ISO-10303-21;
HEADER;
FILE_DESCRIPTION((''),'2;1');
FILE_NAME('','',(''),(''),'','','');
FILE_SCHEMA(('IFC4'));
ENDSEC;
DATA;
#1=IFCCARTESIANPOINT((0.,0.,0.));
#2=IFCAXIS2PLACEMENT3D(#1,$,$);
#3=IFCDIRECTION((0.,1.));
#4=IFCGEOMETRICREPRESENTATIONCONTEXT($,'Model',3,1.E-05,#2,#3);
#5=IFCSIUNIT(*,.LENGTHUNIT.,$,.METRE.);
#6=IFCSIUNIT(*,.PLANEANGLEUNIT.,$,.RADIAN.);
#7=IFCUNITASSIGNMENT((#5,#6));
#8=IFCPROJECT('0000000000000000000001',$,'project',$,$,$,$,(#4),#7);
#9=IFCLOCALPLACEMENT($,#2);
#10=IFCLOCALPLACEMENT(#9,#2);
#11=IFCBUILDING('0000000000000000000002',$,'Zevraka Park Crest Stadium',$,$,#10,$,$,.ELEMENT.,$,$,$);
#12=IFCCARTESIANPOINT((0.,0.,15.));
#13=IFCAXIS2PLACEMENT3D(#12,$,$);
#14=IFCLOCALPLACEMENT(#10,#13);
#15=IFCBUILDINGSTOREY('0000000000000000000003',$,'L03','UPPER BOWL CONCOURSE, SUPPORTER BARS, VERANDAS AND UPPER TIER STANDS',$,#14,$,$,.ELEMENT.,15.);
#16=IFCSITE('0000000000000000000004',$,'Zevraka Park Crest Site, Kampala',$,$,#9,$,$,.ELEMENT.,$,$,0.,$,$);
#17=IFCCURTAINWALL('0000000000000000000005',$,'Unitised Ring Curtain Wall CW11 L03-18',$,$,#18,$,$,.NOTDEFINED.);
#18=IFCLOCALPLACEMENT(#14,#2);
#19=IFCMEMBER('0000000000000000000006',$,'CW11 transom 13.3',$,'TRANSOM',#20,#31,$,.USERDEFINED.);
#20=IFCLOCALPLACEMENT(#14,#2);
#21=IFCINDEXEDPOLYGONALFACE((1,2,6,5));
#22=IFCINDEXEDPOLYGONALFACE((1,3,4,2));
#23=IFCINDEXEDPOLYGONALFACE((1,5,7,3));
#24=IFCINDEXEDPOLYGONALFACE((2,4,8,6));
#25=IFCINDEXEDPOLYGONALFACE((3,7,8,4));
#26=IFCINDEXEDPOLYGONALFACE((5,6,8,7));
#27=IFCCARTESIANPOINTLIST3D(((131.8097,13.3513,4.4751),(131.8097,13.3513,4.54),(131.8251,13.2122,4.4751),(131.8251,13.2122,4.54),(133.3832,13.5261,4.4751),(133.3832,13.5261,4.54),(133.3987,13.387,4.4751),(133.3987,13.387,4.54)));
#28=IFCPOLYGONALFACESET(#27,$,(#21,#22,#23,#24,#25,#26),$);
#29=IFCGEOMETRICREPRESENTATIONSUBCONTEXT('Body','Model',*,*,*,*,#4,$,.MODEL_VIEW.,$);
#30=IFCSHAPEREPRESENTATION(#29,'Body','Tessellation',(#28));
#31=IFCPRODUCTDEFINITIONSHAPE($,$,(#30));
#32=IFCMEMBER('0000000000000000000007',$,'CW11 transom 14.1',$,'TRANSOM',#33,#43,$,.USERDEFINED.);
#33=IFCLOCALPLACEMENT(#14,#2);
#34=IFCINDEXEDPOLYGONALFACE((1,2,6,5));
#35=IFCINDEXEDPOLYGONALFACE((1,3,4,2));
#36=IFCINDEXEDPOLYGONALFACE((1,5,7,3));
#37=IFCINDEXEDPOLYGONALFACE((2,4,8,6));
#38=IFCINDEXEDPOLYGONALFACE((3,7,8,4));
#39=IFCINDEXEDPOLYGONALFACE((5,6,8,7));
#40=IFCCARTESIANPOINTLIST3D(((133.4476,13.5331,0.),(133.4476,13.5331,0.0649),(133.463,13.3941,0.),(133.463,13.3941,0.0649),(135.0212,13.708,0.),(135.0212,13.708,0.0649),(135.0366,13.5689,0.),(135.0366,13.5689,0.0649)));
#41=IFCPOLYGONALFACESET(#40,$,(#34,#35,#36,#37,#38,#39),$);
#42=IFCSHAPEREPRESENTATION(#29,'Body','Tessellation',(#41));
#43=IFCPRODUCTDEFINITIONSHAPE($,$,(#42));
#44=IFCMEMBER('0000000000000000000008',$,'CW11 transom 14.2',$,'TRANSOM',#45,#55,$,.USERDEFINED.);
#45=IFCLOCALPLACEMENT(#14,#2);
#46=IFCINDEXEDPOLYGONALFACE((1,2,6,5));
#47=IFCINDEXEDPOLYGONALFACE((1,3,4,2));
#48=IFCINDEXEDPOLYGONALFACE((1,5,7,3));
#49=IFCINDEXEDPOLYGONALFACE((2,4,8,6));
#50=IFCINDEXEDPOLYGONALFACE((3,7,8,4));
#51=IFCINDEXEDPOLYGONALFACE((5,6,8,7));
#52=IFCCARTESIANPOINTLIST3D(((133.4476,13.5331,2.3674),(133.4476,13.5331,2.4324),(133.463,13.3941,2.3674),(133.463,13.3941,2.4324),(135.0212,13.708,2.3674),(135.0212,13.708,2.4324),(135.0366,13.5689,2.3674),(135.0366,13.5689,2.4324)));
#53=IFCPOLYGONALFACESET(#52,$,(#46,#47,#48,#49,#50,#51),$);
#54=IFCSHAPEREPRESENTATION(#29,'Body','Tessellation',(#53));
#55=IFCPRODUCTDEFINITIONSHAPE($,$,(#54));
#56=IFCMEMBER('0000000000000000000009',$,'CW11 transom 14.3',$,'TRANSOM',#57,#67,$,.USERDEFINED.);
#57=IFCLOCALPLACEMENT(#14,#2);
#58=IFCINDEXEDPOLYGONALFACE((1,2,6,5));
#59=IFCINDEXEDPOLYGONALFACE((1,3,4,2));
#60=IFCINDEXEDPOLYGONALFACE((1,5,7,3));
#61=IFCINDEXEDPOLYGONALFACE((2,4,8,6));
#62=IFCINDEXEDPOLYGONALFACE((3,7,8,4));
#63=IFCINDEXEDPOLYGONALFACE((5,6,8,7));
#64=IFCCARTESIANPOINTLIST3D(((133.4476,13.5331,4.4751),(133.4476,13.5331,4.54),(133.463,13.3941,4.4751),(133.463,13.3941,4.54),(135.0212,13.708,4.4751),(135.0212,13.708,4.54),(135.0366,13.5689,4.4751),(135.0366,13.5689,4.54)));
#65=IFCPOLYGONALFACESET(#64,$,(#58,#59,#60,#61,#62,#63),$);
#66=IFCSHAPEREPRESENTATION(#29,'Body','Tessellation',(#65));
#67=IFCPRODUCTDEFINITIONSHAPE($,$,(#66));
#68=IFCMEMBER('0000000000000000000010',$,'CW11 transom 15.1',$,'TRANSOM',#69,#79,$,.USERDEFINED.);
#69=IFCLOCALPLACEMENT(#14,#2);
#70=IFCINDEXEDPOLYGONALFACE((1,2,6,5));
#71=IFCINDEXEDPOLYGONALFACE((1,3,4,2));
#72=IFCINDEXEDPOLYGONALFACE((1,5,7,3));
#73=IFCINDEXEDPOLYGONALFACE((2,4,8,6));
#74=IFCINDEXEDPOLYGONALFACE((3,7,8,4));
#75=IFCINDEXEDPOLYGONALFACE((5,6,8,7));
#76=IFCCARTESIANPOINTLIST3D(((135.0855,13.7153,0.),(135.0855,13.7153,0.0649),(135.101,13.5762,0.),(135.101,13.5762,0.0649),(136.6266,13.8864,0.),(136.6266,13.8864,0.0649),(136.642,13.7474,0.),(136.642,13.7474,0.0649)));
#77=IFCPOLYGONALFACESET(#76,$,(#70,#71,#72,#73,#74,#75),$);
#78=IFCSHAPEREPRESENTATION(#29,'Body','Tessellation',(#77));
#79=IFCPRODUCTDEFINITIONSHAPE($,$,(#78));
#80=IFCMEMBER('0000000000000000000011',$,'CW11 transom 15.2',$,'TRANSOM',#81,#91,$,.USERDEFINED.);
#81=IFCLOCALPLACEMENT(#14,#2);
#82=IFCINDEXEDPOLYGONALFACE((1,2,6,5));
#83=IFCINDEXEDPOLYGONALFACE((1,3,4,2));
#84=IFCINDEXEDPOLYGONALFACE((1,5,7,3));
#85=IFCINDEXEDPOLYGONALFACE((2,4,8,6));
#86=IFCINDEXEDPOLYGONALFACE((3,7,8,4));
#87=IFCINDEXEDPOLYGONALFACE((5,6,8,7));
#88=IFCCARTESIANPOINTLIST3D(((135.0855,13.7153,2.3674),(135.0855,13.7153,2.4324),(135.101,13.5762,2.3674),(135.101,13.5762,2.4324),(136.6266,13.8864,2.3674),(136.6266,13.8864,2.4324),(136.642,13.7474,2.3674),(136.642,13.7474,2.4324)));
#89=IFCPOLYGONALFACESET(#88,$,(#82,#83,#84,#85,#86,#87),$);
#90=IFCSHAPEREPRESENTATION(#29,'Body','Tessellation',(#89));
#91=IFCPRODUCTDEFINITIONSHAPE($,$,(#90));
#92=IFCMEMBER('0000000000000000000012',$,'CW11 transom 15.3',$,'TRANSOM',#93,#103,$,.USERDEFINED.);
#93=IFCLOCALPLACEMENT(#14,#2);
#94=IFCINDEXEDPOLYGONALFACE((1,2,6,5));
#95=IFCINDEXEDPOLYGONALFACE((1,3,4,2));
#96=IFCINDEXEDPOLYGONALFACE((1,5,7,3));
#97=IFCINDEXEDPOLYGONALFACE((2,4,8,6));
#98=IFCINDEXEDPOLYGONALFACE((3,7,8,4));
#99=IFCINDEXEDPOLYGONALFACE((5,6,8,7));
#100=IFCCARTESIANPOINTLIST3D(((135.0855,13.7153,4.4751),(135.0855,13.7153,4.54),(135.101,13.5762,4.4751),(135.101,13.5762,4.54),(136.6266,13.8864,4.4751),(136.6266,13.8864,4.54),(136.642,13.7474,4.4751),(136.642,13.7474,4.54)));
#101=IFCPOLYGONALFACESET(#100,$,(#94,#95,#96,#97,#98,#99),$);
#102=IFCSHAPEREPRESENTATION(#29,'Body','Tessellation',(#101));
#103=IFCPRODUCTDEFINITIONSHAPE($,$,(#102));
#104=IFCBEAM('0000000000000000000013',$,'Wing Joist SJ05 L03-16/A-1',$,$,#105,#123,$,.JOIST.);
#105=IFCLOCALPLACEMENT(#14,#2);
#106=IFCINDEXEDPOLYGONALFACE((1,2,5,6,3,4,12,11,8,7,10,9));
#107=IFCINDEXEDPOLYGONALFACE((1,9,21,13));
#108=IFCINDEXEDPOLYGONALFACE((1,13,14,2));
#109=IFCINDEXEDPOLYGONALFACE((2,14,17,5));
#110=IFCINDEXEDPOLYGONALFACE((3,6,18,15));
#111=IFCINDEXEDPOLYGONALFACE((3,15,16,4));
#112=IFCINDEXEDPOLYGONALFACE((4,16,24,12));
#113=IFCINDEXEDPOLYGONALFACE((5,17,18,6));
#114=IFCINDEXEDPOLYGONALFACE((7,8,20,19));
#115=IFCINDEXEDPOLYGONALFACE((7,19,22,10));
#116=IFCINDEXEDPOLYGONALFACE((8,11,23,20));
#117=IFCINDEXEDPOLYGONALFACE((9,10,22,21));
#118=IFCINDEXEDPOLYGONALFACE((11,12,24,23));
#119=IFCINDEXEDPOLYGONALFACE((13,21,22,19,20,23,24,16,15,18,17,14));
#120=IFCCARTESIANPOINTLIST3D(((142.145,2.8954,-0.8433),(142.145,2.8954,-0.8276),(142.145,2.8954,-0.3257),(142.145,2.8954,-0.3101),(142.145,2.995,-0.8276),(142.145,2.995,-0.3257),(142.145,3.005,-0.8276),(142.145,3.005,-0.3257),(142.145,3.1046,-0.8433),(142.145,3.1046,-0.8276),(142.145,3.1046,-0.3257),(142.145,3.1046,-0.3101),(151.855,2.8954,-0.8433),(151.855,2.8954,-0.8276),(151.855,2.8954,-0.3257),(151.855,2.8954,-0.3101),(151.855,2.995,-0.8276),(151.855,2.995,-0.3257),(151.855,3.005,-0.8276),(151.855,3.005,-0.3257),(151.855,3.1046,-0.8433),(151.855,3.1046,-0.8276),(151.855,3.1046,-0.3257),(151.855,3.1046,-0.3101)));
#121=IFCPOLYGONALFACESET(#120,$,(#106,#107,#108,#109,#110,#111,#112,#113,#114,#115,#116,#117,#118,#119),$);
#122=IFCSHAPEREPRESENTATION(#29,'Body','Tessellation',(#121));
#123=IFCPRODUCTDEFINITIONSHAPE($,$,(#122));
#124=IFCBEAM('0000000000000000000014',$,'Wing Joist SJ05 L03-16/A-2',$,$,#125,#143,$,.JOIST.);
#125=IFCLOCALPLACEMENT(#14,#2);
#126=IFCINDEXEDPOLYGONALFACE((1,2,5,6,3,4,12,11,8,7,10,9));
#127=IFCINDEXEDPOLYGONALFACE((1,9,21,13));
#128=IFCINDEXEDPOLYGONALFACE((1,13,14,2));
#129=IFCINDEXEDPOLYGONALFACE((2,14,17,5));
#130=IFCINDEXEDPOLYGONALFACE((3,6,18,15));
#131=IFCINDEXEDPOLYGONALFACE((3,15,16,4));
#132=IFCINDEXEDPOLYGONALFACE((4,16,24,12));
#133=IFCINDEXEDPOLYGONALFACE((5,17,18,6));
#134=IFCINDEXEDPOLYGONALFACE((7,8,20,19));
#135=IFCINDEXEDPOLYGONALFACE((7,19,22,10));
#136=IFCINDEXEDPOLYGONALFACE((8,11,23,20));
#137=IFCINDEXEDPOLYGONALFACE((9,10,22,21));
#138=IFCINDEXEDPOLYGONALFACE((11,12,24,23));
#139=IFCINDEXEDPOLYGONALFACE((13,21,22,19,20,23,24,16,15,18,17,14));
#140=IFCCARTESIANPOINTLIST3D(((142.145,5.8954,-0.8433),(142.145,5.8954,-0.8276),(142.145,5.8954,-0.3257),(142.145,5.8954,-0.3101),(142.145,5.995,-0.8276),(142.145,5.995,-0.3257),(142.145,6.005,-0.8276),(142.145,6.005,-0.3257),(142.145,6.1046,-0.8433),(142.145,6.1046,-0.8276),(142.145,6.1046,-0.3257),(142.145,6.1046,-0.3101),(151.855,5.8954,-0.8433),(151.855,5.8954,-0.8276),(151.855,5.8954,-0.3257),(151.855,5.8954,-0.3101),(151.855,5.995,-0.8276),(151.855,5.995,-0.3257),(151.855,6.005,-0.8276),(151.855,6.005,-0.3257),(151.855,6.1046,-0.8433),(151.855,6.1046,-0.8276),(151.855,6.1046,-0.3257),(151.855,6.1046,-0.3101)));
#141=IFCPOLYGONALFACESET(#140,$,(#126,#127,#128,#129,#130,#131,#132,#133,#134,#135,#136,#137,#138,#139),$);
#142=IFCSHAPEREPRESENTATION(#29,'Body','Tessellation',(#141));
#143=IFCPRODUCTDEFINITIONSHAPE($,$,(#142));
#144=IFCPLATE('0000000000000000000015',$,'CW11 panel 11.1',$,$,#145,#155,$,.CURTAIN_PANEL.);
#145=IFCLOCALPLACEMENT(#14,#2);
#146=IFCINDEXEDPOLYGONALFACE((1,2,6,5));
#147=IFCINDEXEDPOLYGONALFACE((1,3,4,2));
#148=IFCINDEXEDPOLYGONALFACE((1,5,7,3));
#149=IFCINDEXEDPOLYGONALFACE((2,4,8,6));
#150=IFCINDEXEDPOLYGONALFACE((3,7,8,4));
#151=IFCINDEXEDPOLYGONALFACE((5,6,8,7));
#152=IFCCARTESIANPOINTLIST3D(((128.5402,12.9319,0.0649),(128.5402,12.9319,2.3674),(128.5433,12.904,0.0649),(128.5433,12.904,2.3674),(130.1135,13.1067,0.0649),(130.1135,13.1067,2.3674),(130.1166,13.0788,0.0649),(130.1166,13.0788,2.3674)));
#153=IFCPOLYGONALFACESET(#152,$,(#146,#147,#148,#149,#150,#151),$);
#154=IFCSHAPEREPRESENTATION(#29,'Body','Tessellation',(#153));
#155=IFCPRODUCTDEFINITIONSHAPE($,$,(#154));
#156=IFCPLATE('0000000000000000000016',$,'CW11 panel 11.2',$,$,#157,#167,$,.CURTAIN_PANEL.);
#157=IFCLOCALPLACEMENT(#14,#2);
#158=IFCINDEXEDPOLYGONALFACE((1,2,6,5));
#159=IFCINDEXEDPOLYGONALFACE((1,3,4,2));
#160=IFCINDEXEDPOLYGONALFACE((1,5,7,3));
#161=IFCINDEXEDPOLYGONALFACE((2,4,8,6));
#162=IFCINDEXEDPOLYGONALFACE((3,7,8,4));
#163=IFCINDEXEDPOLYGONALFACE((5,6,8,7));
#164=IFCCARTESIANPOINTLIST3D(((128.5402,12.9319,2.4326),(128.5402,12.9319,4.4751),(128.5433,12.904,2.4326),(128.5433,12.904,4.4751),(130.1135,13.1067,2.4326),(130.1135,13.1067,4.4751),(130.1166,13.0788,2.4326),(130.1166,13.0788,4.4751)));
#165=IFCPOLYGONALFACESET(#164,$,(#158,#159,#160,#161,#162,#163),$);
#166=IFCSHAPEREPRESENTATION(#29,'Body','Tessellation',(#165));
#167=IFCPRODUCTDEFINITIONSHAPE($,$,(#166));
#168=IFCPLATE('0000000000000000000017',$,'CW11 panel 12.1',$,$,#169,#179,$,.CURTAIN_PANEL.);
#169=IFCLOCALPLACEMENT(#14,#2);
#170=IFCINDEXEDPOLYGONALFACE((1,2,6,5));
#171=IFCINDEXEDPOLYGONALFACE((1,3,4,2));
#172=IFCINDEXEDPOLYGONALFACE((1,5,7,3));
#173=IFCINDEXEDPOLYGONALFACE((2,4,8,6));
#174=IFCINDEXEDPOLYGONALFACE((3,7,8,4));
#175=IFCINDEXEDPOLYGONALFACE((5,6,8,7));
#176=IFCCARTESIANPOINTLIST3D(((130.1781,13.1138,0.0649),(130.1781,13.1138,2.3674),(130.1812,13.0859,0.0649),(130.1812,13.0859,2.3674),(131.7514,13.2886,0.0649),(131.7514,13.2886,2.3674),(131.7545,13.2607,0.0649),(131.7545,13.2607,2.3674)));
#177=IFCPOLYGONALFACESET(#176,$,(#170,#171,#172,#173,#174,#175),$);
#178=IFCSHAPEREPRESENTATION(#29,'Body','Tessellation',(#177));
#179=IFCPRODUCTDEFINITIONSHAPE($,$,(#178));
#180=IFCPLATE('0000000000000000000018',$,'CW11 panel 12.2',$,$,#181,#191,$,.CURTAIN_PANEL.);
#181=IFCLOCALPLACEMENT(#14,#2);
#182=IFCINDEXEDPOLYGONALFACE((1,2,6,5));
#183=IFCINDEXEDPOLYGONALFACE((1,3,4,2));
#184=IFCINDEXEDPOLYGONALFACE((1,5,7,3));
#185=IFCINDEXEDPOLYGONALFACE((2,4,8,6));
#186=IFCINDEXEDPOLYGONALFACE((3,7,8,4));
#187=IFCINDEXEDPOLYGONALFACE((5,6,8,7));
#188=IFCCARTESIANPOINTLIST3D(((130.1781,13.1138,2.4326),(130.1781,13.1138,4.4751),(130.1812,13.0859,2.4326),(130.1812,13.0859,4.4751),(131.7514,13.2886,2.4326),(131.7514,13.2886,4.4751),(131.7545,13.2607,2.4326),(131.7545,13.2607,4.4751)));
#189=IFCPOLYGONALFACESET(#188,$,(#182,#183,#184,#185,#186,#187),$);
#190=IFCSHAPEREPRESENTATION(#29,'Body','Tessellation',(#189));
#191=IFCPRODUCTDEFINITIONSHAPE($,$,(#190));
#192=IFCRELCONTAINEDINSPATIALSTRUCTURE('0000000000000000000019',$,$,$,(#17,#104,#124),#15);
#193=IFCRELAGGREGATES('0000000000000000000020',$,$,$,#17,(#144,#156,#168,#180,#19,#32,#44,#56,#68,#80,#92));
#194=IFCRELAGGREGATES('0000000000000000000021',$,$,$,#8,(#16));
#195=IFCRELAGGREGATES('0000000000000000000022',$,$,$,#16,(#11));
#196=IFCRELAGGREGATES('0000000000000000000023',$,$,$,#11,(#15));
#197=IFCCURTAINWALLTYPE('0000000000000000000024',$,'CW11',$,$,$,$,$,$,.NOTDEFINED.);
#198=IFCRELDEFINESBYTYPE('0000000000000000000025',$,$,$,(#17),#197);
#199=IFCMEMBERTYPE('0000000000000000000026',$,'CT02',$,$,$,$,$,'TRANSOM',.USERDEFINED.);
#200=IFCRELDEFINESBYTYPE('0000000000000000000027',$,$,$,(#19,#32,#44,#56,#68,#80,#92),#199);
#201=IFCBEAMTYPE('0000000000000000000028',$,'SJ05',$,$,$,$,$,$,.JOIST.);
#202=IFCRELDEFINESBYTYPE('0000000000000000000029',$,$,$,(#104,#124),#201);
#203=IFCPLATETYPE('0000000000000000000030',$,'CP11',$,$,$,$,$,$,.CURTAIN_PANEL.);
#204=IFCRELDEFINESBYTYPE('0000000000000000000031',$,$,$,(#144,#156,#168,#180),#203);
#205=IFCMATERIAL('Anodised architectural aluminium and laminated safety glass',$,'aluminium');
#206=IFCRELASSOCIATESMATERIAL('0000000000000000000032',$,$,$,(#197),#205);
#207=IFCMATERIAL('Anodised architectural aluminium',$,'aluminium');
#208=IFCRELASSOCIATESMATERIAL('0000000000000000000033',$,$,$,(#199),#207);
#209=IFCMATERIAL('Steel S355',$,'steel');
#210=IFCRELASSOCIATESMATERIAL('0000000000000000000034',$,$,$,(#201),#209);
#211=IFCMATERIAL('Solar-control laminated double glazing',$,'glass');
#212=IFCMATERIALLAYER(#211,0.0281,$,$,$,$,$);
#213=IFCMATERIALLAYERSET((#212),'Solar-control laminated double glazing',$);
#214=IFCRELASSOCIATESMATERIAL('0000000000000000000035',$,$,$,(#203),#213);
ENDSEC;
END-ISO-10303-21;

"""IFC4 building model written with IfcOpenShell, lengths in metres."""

from ifc_helpers import new_model, si_unit, direction, frame, origin, origin_2d, place, context, subcontext, project, spatial, rectangle, i_section, extrude, material, layer, layer_set, material_profile, profile_set, type_object, element, aggregate, save


model = new_model("IFC4")

# Units and contexts
model_context = context("Model", 3, precision=1e-05, world=origin(), true_north=direction((0.0, 1.0)))
body_context = subcontext(model_context, "Body", "Model", "MODEL_VIEW")
ifc_project = project(units=[si_unit("LENGTHUNIT", "METRE"), si_unit("PLANEANGLEUNIT", "RADIAN")], contexts=[model_context])

# Site, building, storey
site_placement = place(None, origin())
site = spatial("IfcSite", under=ifc_project, at=site_placement, Name="Zevraka Park Crest Site, Kampala", CompositionType="ELEMENT", RefElevation=0.0)
building_placement = place(site_placement, origin())
building = spatial("IfcBuilding", under=site, at=building_placement, Name="Zevraka Park Crest Stadium", CompositionType="ELEMENT")
storey_placement = place(building_placement, frame((0.0, 0.0, 15.0)))
storey = spatial("IfcBuildingStorey", under=building, at=storey_placement, Name="L03", Description="UPPER BOWL CONCOURSE, SUPPORTER BARS, VERANDAS AND UPPER TIER STANDS", CompositionType="ELEMENT", Elevation=15.0)

# Curtain wall, members
ifc_material_1 = material(Name="Anodised architectural aluminium and laminated safety glass", Category="aluminium")
curtain_wall_type = type_object("IfcCurtainWallType", Name="CW11", PredefinedType="NOTDEFINED", material=ifc_material_1)
curtain_wall_placement = place(storey_placement, origin())
curtain_wall = element("IfcCurtainWall", 1, at=curtain_wall_placement, inside=storey, type_object=curtain_wall_type, Name="Unitised Ring Curtain Wall CW11 L03-18", PredefinedType="NOTDEFINED")
ifc_material_2 = material(Name="Anodised architectural aluminium", Category="aluminium")
ifc_material_profile_1 = material_profile(ifc_material_2, rectangle(XDim=0.1399, YDim=0.0649, at=origin_2d()), Name="ALU TRANSOM 140x65")
ifc_profile_set_1 = profile_set([ifc_material_profile_1], Name="Anodised architectural aluminium")
member_type_1 = type_object("IfcMemberType", Name="CT02", ElementType="TRANSOM", PredefinedType="USERDEFINED", material=ifc_profile_set_1)
member_1_placement = place(storey_placement, frame((131.8174, 13.2817, 4.5076), z_axis=(0.993886, 0.110415, 0.0), x_axis=(-0.110415, 0.993886, 0.0)))
member_1 = element("IfcMember", 2, at=member_1_placement, type_object=member_type_1, Name="CW11 transom 13.3", ObjectType="TRANSOM", PredefinedType="USERDEFINED", context=body_context, shape_type="SweptSolid", body=[
    extrude(rectangle(XDim=0.1399, YDim=0.0649, at=origin_2d()), origin(), (0.0, 0.0, 1.0), 1.5833),
])
member_2_placement = place(storey_placement, frame((133.4553, 13.4636, 0.0325), z_axis=(0.993886, 0.110415, 0.0), x_axis=(-0.110415, 0.993886, 0.0)))
member_2 = element("IfcMember", 3, at=member_2_placement, type_object=member_type_1, Name="CW11 transom 14.1", ObjectType="TRANSOM", PredefinedType="USERDEFINED", context=body_context, shape_type="SweptSolid", body=[
    extrude(rectangle(XDim=0.1399, YDim=0.0649, at=origin_2d()), origin(), (0.0, 0.0, 1.0), 1.5833),
])
member_3_placement = place(storey_placement, frame((133.4553, 13.4636, 2.3999), z_axis=(0.993886, 0.110415, 0.0), x_axis=(-0.110415, 0.993886, 0.0)))
member_3 = element("IfcMember", 4, at=member_3_placement, type_object=member_type_1, Name="CW11 transom 14.2", ObjectType="TRANSOM", PredefinedType="USERDEFINED", context=body_context, shape_type="SweptSolid", body=[
    extrude(rectangle(XDim=0.1399, YDim=0.0649, at=origin_2d()), origin(), (0.0, 0.0, 1.0), 1.5833),
])
member_4_placement = place(storey_placement, frame((133.4553, 13.4636, 4.5076), z_axis=(0.993886, 0.110415, 0.0), x_axis=(-0.110415, 0.993886, 0.0)))
member_4 = element("IfcMember", 5, at=member_4_placement, type_object=member_type_1, Name="CW11 transom 14.3", ObjectType="TRANSOM", PredefinedType="USERDEFINED", context=body_context, shape_type="SweptSolid", body=[
    extrude(rectangle(XDim=0.1399, YDim=0.0649, at=origin_2d()), origin(), (0.0, 0.0, 1.0), 1.5833),
])
member_5_placement = place(storey_placement, frame((135.0933, 13.6458, 0.0325), z_axis=(0.993889, 0.11038, 0.0), x_axis=(-0.11038, 0.993889, 0.0)))
member_5 = element("IfcMember", 6, at=member_5_placement, type_object=member_type_1, Name="CW11 transom 15.1", ObjectType="TRANSOM", PredefinedType="USERDEFINED", context=body_context, shape_type="SweptSolid", body=[
    extrude(rectangle(XDim=0.1399, YDim=0.0649, at=origin_2d()), origin(), (0.0, 0.0, 1.0), 1.5505),
])
member_6_placement = place(storey_placement, frame((135.0933, 13.6458, 2.3999), z_axis=(0.993889, 0.11038, 0.0), x_axis=(-0.11038, 0.993889, 0.0)))
member_6 = element("IfcMember", 7, at=member_6_placement, type_object=member_type_1, Name="CW11 transom 15.2", ObjectType="TRANSOM", PredefinedType="USERDEFINED", context=body_context, shape_type="SweptSolid", body=[
    extrude(rectangle(XDim=0.1399, YDim=0.0649, at=origin_2d()), origin(), (0.0, 0.0, 1.0), 1.5505),
])
member_7_placement = place(storey_placement, frame((135.0933, 13.6458, 4.5076), z_axis=(0.993889, 0.11038, 0.0), x_axis=(-0.11038, 0.993889, 0.0)))
member_7 = element("IfcMember", 8, at=member_7_placement, type_object=member_type_1, Name="CW11 transom 15.3", ObjectType="TRANSOM", PredefinedType="USERDEFINED", context=body_context, shape_type="SweptSolid", body=[
    extrude(rectangle(XDim=0.1399, YDim=0.0649, at=origin_2d()), origin(), (0.0, 0.0, 1.0), 1.5505),
])

# Beams
ifc_material_3 = material(Name="Steel S355", Category="steel")
ifc_material_profile_2 = material_profile(ifc_material_3, i_section(OverallWidth=0.2092, OverallDepth=0.5332, WebThickness=0.01, FlangeThickness=0.0156, at=origin_2d()), Name="UKB 533x210x92")
ifc_profile_set_2 = profile_set([ifc_material_profile_2], Name="Steel S355")
beam_type_1 = type_object("IfcBeamType", Name="SJ05", PredefinedType="JOIST", material=ifc_profile_set_2)
for number, where, z_axis, x_axis, name in (
    (9, (142.145, 3.0, -0.5767), (1.0, 0.0, 0.0), (0.0, 1.0, 0.0), "Wing Joist SJ05 L03-16/A-1"),
    (10, (142.145, 6.0, -0.5767), (1.0, 0.0, 0.0), (0.0, 1.0, 0.0), "Wing Joist SJ05 L03-16/A-2"),
):
    element("IfcBeam", number, at=place(storey_placement, frame(where, z_axis=z_axis, x_axis=x_axis)), inside=storey, type_object=beam_type_1, Name=name, PredefinedType="JOIST", context=body_context, shape_type="SweptSolid", body=[
        extrude(i_section(OverallWidth=0.2092, OverallDepth=0.5332, WebThickness=0.01, FlangeThickness=0.0156, at=origin_2d()), origin(), (0.0, 0.0, 1.0), 9.71),
    ])

# Plates
ifc_material_4 = material(Name="Solar-control laminated double glazing", Category="glass")
ifc_layer_1 = layer(ifc_material_4, 0.0281)
ifc_layer_set_1 = layer_set([ifc_layer_1], Name="Solar-control laminated double glazing")
plate_type = type_object("IfcPlateType", Name="CP11", PredefinedType="CURTAIN_PANEL", material=ifc_layer_set_1)
plate_1_placement = place(storey_placement, frame((129.3284, 13.0054, 0.0649), z_axis=(0.0, 0.0, 1.0), x_axis=(0.993888, 0.110396, 0.0)))
plate_1 = element("IfcPlate", 11, at=plate_1_placement, type_object=plate_type, Name="CW11 panel 11.1", PredefinedType="CURTAIN_PANEL", context=body_context, shape_type="SweptSolid", body=[
    extrude(rectangle(XDim=1.583, YDim=0.0281, at=origin_2d()), origin(), (0.0, 0.0, 1.0), 2.3025),
])
plate_2_placement = place(storey_placement, frame((129.3284, 13.0054, 2.4326), z_axis=(0.0, 0.0, 1.0), x_axis=(0.993888, 0.110396, 0.0)))
plate_2 = element("IfcPlate", 12, at=plate_2_placement, type_object=plate_type, Name="CW11 panel 11.2", PredefinedType="CURTAIN_PANEL", context=body_context, shape_type="SweptSolid", body=[
    extrude(rectangle(XDim=1.583, YDim=0.0281, at=origin_2d()), origin(), (0.0, 0.0, 1.0), 2.0425),
])
plate_3_placement = place(storey_placement, frame((130.9663, 13.1873, 0.0649), z_axis=(0.0, 0.0, 1.0), x_axis=(0.993888, 0.110396, 0.0)))
plate_3 = element("IfcPlate", 13, at=plate_3_placement, type_object=plate_type, Name="CW11 panel 12.1", PredefinedType="CURTAIN_PANEL", context=body_context, shape_type="SweptSolid", body=[
    extrude(rectangle(XDim=1.583, YDim=0.0281, at=origin_2d()), origin(), (0.0, 0.0, 1.0), 2.3025),
])
plate_4_placement = place(storey_placement, frame((130.9663, 13.1873, 2.4326), z_axis=(0.0, 0.0, 1.0), x_axis=(0.993888, 0.110396, 0.0)))
plate_4 = element("IfcPlate", 14, at=plate_4_placement, type_object=plate_type, Name="CW11 panel 12.2", PredefinedType="CURTAIN_PANEL", context=body_context, shape_type="SweptSolid", body=[
    extrude(rectangle(XDim=1.583, YDim=0.0281, at=origin_2d()), origin(), (0.0, 0.0, 1.0), 2.0425),
])
aggregate(curtain_wall, [plate_1, plate_2, plate_3, plate_4, member_1, member_2, member_3, member_4, member_5, member_6, member_7])

save(model, "model.ifc")
